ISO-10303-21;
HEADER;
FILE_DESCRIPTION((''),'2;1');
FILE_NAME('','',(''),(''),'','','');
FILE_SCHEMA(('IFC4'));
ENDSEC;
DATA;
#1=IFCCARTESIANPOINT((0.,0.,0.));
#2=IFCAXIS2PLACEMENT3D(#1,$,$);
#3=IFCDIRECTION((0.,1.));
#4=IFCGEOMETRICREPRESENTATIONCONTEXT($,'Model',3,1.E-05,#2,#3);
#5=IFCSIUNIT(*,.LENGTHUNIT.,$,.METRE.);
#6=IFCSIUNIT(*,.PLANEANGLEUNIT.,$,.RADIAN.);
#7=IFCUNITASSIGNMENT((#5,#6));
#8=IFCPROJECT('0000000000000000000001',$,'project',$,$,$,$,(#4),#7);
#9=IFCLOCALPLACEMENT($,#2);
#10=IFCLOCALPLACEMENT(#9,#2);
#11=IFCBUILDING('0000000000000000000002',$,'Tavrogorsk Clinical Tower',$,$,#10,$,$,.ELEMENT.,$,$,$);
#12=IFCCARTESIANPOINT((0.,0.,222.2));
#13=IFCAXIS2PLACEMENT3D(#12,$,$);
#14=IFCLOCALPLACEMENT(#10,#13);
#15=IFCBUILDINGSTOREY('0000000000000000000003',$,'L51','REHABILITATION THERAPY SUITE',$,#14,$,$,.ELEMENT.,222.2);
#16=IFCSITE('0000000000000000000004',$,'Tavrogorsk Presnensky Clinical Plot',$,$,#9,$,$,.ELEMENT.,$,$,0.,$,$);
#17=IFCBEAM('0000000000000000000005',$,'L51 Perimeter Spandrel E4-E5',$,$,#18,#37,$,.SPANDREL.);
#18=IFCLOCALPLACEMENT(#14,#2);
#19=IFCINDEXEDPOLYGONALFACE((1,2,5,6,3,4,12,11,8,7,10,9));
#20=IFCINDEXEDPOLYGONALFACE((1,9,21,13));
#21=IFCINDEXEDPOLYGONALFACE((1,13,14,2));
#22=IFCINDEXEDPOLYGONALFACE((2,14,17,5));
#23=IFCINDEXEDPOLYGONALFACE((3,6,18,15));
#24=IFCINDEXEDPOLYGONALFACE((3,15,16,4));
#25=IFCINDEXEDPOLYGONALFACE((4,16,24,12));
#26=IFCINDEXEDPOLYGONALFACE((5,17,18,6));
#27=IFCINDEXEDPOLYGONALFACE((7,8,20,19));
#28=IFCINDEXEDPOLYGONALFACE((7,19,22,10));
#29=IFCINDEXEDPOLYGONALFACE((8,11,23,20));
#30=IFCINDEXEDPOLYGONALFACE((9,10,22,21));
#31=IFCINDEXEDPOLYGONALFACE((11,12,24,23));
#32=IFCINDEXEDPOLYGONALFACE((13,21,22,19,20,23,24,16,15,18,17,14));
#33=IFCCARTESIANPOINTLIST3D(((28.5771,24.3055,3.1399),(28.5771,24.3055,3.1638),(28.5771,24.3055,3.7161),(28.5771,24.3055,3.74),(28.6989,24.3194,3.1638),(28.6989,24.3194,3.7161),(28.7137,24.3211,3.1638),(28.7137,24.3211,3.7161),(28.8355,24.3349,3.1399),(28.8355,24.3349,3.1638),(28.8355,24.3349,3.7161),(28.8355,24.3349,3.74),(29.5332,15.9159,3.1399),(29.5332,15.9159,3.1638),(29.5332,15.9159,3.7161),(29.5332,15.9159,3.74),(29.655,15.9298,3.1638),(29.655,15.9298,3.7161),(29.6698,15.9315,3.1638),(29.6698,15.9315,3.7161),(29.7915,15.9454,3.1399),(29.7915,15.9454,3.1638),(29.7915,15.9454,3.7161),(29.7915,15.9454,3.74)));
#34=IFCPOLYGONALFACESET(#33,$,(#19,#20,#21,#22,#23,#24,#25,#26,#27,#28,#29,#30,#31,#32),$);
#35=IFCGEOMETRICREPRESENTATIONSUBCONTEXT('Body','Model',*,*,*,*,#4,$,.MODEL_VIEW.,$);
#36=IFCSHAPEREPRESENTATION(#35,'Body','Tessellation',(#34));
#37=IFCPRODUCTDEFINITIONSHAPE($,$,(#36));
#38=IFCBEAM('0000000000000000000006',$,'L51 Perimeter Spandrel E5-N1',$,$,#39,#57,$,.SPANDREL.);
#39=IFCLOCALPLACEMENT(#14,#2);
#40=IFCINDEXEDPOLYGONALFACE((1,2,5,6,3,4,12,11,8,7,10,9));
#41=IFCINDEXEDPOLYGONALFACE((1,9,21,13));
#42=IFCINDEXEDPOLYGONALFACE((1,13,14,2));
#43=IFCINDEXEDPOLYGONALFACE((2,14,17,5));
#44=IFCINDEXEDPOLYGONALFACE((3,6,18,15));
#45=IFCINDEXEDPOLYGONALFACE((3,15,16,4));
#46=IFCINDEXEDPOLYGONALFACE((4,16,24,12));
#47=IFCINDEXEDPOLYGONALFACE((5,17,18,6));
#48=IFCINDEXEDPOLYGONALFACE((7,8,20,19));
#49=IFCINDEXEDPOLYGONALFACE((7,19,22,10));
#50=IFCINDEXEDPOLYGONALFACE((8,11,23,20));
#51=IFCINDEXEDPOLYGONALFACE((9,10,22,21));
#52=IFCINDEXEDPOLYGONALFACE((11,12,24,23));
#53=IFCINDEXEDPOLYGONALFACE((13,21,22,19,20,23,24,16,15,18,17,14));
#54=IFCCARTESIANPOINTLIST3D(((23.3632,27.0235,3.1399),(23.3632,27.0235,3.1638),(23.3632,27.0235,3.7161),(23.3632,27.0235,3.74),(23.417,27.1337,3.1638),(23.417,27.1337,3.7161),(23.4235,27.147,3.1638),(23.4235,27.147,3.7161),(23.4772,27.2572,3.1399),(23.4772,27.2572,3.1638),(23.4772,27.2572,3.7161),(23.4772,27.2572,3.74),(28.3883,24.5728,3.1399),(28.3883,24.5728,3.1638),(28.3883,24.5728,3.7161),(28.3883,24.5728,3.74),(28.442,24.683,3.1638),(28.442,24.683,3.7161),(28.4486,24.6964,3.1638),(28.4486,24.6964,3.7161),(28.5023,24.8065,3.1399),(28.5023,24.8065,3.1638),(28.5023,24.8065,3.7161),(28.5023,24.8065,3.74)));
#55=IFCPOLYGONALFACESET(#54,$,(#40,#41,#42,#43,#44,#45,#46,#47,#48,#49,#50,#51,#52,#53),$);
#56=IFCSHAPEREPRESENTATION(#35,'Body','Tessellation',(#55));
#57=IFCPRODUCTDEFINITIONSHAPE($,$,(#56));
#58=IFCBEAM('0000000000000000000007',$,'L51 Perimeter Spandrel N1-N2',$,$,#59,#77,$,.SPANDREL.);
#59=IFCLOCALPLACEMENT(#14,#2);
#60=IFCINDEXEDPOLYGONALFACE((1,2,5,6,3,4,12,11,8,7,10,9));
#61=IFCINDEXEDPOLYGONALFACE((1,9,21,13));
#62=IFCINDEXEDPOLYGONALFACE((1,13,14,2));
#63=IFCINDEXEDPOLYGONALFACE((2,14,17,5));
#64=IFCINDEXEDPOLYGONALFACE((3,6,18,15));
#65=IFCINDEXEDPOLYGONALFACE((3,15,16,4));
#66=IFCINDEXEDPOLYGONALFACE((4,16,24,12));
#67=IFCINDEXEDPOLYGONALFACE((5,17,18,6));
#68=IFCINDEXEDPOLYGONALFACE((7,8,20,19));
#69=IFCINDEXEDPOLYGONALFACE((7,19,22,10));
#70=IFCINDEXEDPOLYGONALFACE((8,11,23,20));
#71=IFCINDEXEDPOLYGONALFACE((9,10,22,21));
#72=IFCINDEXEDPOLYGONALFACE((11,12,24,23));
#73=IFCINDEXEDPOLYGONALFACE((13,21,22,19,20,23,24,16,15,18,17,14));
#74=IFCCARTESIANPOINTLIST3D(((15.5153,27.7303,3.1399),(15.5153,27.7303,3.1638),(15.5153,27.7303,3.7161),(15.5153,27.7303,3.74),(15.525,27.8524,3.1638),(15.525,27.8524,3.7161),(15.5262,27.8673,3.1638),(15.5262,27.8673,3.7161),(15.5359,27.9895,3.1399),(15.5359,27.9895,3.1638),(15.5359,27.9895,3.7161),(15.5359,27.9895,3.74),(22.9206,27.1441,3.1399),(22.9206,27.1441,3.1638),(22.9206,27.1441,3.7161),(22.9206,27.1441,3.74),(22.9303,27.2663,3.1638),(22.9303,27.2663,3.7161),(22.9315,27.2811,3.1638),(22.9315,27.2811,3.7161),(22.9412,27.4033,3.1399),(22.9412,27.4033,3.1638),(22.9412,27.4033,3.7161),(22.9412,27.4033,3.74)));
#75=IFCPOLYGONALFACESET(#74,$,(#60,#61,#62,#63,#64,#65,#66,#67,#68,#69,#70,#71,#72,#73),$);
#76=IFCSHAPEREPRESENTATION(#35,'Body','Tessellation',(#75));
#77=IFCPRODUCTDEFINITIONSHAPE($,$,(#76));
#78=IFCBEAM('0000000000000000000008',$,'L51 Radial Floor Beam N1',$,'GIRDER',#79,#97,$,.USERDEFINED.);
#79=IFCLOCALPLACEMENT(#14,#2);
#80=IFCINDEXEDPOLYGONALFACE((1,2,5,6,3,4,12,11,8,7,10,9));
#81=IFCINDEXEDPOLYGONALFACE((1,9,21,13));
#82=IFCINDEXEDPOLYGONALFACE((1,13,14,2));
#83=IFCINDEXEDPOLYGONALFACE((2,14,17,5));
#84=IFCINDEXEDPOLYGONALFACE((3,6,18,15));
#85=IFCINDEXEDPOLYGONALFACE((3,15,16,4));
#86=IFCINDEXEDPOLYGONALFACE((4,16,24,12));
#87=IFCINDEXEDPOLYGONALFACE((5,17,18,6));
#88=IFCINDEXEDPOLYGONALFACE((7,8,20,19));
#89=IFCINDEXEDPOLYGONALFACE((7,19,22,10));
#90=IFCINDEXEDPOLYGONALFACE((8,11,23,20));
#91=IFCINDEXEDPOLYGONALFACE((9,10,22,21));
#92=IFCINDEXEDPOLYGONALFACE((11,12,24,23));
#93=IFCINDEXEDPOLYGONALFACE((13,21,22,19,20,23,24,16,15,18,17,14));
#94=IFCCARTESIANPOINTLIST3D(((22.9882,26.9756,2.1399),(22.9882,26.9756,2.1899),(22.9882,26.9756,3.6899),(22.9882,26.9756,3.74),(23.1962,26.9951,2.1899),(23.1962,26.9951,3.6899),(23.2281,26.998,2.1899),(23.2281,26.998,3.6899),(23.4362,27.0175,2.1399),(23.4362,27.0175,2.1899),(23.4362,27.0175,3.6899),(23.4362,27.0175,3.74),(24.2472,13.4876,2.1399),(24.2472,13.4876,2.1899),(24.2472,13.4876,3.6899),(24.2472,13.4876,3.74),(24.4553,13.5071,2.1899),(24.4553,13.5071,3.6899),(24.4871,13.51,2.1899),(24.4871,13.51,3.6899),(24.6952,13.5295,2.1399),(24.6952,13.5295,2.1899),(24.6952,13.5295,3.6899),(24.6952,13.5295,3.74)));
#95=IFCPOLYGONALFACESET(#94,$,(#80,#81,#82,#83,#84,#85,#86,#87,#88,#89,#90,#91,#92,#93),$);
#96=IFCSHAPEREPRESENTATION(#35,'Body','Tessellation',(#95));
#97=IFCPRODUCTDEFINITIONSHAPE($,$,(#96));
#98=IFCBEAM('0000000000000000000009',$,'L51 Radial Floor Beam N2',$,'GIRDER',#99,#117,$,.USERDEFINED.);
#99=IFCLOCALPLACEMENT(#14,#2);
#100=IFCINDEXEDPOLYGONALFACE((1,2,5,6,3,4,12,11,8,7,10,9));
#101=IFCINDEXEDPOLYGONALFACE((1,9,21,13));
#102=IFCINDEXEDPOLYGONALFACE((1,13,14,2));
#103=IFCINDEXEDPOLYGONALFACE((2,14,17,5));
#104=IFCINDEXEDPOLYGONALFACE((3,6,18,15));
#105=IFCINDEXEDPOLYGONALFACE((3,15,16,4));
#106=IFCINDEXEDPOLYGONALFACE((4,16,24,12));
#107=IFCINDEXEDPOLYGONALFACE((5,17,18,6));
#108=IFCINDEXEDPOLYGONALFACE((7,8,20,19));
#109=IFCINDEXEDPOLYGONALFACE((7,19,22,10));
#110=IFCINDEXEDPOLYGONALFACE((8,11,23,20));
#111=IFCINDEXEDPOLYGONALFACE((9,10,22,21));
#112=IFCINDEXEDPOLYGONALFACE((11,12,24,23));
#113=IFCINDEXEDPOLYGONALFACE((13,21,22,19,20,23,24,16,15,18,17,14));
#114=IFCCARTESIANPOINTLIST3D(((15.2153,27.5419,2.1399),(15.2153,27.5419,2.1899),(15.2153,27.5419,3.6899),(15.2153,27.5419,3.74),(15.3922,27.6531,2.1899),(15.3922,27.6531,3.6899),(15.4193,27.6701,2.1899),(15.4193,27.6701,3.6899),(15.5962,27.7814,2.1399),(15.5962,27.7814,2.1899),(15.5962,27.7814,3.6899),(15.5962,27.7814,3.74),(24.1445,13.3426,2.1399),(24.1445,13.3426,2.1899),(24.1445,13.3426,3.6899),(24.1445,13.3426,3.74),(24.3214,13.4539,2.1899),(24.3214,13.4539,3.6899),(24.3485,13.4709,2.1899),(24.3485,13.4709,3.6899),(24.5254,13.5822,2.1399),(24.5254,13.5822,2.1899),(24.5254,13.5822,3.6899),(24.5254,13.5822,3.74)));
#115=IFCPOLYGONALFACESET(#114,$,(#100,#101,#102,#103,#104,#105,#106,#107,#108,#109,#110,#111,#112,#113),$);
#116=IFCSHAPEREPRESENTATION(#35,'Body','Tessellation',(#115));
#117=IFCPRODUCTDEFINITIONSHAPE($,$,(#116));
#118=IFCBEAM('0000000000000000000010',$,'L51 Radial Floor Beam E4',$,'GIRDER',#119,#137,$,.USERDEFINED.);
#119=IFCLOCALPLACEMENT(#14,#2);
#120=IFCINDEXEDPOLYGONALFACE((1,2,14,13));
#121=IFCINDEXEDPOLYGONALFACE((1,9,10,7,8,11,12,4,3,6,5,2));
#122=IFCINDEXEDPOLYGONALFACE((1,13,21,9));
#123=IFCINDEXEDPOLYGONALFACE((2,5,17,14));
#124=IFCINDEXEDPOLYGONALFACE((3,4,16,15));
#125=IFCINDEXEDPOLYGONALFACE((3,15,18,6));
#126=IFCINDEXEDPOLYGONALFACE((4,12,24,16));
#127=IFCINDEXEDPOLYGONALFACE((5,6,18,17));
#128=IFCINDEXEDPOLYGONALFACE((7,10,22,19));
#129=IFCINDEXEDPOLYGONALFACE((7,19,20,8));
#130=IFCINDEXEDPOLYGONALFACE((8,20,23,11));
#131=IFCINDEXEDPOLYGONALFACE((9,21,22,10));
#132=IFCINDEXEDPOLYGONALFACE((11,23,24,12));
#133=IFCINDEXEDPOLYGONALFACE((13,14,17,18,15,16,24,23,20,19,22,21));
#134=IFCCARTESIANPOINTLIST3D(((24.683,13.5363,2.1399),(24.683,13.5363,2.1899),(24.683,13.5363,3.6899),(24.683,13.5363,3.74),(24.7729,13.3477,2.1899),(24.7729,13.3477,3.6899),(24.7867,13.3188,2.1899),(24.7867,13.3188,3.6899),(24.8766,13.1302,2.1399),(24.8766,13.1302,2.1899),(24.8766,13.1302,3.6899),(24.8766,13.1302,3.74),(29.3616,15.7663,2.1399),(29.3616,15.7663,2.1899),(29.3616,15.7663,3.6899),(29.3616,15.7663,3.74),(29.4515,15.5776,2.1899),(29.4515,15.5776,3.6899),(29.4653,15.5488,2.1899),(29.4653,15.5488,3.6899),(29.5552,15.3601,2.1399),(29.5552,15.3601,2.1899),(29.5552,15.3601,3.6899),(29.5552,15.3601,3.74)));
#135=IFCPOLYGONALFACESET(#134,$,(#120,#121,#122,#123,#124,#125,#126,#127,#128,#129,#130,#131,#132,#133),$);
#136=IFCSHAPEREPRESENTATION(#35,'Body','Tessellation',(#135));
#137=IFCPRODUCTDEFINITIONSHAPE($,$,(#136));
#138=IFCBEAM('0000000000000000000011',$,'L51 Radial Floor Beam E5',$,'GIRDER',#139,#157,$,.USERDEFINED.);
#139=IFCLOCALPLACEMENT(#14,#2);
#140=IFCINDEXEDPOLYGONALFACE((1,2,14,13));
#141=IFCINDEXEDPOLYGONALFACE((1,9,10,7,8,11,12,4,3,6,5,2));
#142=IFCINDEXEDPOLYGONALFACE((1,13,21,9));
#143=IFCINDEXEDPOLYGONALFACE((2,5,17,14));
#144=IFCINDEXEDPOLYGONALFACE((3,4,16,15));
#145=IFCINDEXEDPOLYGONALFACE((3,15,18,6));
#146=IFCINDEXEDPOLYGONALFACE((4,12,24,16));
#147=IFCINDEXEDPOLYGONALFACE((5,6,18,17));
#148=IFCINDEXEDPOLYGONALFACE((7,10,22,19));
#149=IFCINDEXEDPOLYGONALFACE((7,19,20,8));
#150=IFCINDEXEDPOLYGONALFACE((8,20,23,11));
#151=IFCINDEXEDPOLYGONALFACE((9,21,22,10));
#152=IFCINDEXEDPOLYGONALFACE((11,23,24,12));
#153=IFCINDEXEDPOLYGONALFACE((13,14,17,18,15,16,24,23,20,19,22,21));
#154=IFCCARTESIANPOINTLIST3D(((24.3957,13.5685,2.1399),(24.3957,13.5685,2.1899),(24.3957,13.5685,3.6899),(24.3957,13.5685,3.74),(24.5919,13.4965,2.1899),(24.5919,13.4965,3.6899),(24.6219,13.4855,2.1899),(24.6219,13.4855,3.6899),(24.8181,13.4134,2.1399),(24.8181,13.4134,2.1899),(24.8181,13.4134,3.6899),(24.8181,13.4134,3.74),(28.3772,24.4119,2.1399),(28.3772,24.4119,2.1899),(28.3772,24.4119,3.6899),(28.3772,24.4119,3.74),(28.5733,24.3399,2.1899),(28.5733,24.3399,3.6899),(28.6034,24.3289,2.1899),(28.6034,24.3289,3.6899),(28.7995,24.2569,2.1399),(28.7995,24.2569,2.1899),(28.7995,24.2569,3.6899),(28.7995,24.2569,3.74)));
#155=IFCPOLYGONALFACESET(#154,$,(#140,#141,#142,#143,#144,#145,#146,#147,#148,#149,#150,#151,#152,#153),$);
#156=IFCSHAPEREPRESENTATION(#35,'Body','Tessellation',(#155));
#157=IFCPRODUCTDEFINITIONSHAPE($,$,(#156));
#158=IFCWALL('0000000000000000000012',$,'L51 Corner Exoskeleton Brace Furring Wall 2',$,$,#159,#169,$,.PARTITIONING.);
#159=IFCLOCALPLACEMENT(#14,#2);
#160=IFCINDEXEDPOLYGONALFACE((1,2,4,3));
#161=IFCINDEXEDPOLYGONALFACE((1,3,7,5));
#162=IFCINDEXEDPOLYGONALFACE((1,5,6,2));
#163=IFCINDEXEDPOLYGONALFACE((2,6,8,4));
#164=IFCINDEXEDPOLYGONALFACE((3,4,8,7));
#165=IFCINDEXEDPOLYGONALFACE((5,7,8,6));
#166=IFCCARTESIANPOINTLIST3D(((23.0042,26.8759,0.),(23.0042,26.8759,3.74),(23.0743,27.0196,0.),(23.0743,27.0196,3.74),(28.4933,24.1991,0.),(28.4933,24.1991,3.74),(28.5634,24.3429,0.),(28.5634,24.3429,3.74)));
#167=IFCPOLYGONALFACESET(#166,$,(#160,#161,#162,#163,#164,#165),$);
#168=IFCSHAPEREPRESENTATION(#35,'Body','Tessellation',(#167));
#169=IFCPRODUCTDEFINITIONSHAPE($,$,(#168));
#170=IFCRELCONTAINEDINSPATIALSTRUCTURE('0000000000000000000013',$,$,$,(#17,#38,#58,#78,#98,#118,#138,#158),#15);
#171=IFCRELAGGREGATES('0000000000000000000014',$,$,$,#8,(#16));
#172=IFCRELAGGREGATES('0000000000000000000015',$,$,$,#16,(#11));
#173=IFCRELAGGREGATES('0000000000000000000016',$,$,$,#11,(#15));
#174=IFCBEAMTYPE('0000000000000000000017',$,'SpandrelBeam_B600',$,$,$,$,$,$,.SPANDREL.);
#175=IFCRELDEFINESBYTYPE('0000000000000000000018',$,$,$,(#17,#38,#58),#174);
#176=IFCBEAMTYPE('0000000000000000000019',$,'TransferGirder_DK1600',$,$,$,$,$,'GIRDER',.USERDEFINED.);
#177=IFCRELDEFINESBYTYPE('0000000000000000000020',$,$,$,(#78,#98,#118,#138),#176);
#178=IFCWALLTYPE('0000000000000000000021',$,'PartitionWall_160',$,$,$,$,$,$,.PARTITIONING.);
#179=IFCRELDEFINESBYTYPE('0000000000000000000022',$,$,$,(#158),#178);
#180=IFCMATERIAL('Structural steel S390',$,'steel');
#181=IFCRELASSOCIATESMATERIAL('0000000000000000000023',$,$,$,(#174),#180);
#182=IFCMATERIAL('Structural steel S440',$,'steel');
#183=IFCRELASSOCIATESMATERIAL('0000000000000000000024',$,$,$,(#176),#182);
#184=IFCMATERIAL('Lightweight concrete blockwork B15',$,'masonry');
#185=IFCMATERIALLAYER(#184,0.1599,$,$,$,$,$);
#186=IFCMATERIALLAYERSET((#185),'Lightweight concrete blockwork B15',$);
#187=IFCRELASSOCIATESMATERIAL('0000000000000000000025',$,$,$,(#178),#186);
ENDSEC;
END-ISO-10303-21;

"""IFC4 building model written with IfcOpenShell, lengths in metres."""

from ifc_helpers import new_model, si_unit, direction, frame, frame_2d, origin, origin_2d, place, context, subcontext, project, spatial, rectangle, i_section, extrude, material, layer, layer_set, material_profile, profile_set, type_object, element, save


model = new_model("IFC4")

# Units and contexts
model_context = context("Model", 3, precision=1e-05, world=origin(), true_north=direction((0.0, 1.0)))
body_context = subcontext(model_context, "Body", "Model", "MODEL_VIEW")
ifc_project = project(units=[si_unit("LENGTHUNIT", "METRE"), si_unit("PLANEANGLEUNIT", "RADIAN")], contexts=[model_context])

# Site, building, storey
site_placement = place(None, origin())
site = spatial("IfcSite", under=ifc_project, at=site_placement, Name="Tavrogorsk Presnensky Clinical Plot", CompositionType="ELEMENT", RefElevation=0.0)
building_placement = place(site_placement, origin())
building = spatial("IfcBuilding", under=site, at=building_placement, Name="Tavrogorsk Clinical Tower", CompositionType="ELEMENT")
storey_placement = place(building_placement, frame((0.0, 0.0, 222.2)))
storey = spatial("IfcBuildingStorey", under=building, at=storey_placement, Name="L51", Description="REHABILITATION THERAPY SUITE", CompositionType="ELEMENT", Elevation=222.2)

# Beams
ifc_material_1 = material(Name="Structural steel S390", Category="steel")
ifc_material_profile_1 = material_profile(ifc_material_1, i_section(OverallWidth=0.26, OverallDepth=0.6001, WebThickness=0.0149, FlangeThickness=0.0239, at=origin_2d()), Name="B-600x260x15x24")
ifc_profile_set_1 = profile_set([ifc_material_profile_1], Name="Structural steel S390")
beam_type_1 = type_object("IfcBeamType", Name="SpandrelBeam_B600", PredefinedType="SPANDREL", material=ifc_profile_set_1)
beam_1_placement = place(storey_placement, frame((29.6624, 15.9307, 3.4399), z_axis=(-0.113224, 0.99357, 0.0), x_axis=(-0.99357, -0.113224, 0.0)))
element("IfcBeam", 1, at=beam_1_placement, inside=storey, type_object=beam_type_1, Name="L51 Perimeter Spandrel E4-E5", PredefinedType="SPANDREL", context=body_context, shape_type="SweptSolid", body=[
    extrude(i_section(OverallWidth=0.26, OverallDepth=0.6001, WebThickness=0.0149, FlangeThickness=0.0239, at=origin_2d()), origin(), (0.0, 0.0, 1.0), 8.4438),
])
beam_2_placement = place(storey_placement, frame((28.4453, 24.6897, 3.4399), z_axis=(-0.898811, 0.438336, 0.0), x_axis=(-0.438336, -0.898811, 0.0)))
element("IfcBeam", 2, at=beam_2_placement, inside=storey, type_object=beam_type_1, Name="L51 Perimeter Spandrel E5-N1", PredefinedType="SPANDREL", context=body_context, shape_type="SweptSolid", body=[
    extrude(i_section(OverallWidth=0.26, OverallDepth=0.6001, WebThickness=0.0149, FlangeThickness=0.0239, at=origin_2d()), origin(), (0.0, 0.0, 1.0), 5.5908),
])
beam_3_placement = place(storey_placement, frame((22.9309, 27.2737, 3.4399), z_axis=(-0.996882, 0.07891, 0.0), x_axis=(-0.07891, -0.996882, 0.0)))
element("IfcBeam", 3, at=beam_3_placement, inside=storey, type_object=beam_type_1, Name="L51 Perimeter Spandrel N1-N2", PredefinedType="SPANDREL", context=body_context, shape_type="SweptSolid", body=[
    extrude(i_section(OverallWidth=0.26, OverallDepth=0.6001, WebThickness=0.0149, FlangeThickness=0.0239, at=origin_2d()), origin(), (0.0, 0.0, 1.0), 7.4285),
])
ifc_material_2 = material(Name="Structural steel S440", Category="steel")
ifc_material_profile_2 = material_profile(ifc_material_2, i_section(OverallWidth=0.45, OverallDepth=1.6001, WebThickness=0.032, FlangeThickness=0.05, at=origin_2d()), Name="DK-1600x450x32x50")
ifc_profile_set_2 = profile_set([ifc_material_profile_2], Name="Structural steel S440")
beam_type_2 = type_object("IfcBeamType", Name="TransferGirder_DK1600", ElementType="GIRDER", PredefinedType="USERDEFINED", material=ifc_profile_set_2)
beam_4_placement = place(storey_placement, frame((24.4712, 13.5085, 2.9399), z_axis=(-0.09294, 0.995672, 0.0), x_axis=(-0.995672, -0.09294, 0.0)))
element("IfcBeam", 4, at=beam_4_placement, inside=storey, type_object=beam_type_2, Name="L51 Radial Floor Beam N1", ObjectType="GIRDER", PredefinedType="USERDEFINED", context=body_context, shape_type="SweptSolid", body=[
    extrude(i_section(OverallWidth=0.45, OverallDepth=1.6001, WebThickness=0.032, FlangeThickness=0.05, at=origin_2d()), origin(), (0.0, 0.0, 1.0), 13.5466),
])
beam_5_placement = place(storey_placement, frame((24.335, 13.4624, 2.9399), z_axis=(-0.532341, 0.84653, 0.0), x_axis=(-0.84653, -0.532341, 0.0)))
element("IfcBeam", 5, at=beam_5_placement, inside=storey, type_object=beam_type_2, Name="L51 Radial Floor Beam N2", ObjectType="GIRDER", PredefinedType="USERDEFINED", context=body_context, shape_type="SweptSolid", body=[
    extrude(i_section(OverallWidth=0.45, OverallDepth=1.6001, WebThickness=0.032, FlangeThickness=0.05, at=origin_2d()), origin(), (0.0, 0.0, 1.0), 16.7734),
])
beam_6_placement = place(storey_placement, frame((24.7798, 13.3333, 2.9399), z_axis=(0.902709, 0.430252, 0.0), x_axis=(-0.430252, 0.902709, 0.0)))
element("IfcBeam", 6, at=beam_6_placement, inside=storey, type_object=beam_type_2, Name="L51 Radial Floor Beam E4", ObjectType="GIRDER", PredefinedType="USERDEFINED", context=body_context, shape_type="SweptSolid", body=[
    extrude(i_section(OverallWidth=0.45, OverallDepth=1.6001, WebThickness=0.032, FlangeThickness=0.05, at=origin_2d()), origin(), (0.0, 0.0, 1.0), 5.1829),
])
beam_7_placement = place(storey_placement, frame((24.6069, 13.491, 2.9399), z_axis=(0.344674, 0.938723, 0.0), x_axis=(-0.938723, 0.344674, 0.0)))
element("IfcBeam", 7, at=beam_7_placement, inside=storey, type_object=beam_type_2, Name="L51 Radial Floor Beam E5", ObjectType="GIRDER", PredefinedType="USERDEFINED", context=body_context, shape_type="SweptSolid", body=[
    extrude(i_section(OverallWidth=0.45, OverallDepth=1.6001, WebThickness=0.032, FlangeThickness=0.05, at=origin_2d()), origin(), (0.0, 0.0, 1.0), 11.5513),
])

# Wall
ifc_material_3 = material(Name="Lightweight concrete blockwork B15", Category="masonry")
ifc_layer_1 = layer(ifc_material_3, 0.1599)
ifc_layer_set_1 = layer_set([ifc_layer_1], Name="Lightweight concrete blockwork B15")
wall_type_1 = type_object("IfcWallType", Name="PartitionWall_160", PredefinedType="PARTITIONING", material=ifc_layer_set_1)
wall_1_placement = place(storey_placement, frame((28.5283, 24.271, 0.0), z_axis=(0.0, 0.0, 1.0), x_axis=(-0.898821, 0.438317, 0.0)))
element("IfcWall", 8, at=wall_1_placement, inside=storey, type_object=wall_type_1, Name="L51 Corner Exoskeleton Brace Furring Wall 2", PredefinedType="PARTITIONING", context=body_context, shape_type="SweptSolid", body=[
    extrude(rectangle(XDim=6.1069, YDim=0.1599, at=frame_2d((3.0535, 0.0))), origin(), (0.0, 0.0, 1.0), 3.74),
])

save(model, "model.ifc")
